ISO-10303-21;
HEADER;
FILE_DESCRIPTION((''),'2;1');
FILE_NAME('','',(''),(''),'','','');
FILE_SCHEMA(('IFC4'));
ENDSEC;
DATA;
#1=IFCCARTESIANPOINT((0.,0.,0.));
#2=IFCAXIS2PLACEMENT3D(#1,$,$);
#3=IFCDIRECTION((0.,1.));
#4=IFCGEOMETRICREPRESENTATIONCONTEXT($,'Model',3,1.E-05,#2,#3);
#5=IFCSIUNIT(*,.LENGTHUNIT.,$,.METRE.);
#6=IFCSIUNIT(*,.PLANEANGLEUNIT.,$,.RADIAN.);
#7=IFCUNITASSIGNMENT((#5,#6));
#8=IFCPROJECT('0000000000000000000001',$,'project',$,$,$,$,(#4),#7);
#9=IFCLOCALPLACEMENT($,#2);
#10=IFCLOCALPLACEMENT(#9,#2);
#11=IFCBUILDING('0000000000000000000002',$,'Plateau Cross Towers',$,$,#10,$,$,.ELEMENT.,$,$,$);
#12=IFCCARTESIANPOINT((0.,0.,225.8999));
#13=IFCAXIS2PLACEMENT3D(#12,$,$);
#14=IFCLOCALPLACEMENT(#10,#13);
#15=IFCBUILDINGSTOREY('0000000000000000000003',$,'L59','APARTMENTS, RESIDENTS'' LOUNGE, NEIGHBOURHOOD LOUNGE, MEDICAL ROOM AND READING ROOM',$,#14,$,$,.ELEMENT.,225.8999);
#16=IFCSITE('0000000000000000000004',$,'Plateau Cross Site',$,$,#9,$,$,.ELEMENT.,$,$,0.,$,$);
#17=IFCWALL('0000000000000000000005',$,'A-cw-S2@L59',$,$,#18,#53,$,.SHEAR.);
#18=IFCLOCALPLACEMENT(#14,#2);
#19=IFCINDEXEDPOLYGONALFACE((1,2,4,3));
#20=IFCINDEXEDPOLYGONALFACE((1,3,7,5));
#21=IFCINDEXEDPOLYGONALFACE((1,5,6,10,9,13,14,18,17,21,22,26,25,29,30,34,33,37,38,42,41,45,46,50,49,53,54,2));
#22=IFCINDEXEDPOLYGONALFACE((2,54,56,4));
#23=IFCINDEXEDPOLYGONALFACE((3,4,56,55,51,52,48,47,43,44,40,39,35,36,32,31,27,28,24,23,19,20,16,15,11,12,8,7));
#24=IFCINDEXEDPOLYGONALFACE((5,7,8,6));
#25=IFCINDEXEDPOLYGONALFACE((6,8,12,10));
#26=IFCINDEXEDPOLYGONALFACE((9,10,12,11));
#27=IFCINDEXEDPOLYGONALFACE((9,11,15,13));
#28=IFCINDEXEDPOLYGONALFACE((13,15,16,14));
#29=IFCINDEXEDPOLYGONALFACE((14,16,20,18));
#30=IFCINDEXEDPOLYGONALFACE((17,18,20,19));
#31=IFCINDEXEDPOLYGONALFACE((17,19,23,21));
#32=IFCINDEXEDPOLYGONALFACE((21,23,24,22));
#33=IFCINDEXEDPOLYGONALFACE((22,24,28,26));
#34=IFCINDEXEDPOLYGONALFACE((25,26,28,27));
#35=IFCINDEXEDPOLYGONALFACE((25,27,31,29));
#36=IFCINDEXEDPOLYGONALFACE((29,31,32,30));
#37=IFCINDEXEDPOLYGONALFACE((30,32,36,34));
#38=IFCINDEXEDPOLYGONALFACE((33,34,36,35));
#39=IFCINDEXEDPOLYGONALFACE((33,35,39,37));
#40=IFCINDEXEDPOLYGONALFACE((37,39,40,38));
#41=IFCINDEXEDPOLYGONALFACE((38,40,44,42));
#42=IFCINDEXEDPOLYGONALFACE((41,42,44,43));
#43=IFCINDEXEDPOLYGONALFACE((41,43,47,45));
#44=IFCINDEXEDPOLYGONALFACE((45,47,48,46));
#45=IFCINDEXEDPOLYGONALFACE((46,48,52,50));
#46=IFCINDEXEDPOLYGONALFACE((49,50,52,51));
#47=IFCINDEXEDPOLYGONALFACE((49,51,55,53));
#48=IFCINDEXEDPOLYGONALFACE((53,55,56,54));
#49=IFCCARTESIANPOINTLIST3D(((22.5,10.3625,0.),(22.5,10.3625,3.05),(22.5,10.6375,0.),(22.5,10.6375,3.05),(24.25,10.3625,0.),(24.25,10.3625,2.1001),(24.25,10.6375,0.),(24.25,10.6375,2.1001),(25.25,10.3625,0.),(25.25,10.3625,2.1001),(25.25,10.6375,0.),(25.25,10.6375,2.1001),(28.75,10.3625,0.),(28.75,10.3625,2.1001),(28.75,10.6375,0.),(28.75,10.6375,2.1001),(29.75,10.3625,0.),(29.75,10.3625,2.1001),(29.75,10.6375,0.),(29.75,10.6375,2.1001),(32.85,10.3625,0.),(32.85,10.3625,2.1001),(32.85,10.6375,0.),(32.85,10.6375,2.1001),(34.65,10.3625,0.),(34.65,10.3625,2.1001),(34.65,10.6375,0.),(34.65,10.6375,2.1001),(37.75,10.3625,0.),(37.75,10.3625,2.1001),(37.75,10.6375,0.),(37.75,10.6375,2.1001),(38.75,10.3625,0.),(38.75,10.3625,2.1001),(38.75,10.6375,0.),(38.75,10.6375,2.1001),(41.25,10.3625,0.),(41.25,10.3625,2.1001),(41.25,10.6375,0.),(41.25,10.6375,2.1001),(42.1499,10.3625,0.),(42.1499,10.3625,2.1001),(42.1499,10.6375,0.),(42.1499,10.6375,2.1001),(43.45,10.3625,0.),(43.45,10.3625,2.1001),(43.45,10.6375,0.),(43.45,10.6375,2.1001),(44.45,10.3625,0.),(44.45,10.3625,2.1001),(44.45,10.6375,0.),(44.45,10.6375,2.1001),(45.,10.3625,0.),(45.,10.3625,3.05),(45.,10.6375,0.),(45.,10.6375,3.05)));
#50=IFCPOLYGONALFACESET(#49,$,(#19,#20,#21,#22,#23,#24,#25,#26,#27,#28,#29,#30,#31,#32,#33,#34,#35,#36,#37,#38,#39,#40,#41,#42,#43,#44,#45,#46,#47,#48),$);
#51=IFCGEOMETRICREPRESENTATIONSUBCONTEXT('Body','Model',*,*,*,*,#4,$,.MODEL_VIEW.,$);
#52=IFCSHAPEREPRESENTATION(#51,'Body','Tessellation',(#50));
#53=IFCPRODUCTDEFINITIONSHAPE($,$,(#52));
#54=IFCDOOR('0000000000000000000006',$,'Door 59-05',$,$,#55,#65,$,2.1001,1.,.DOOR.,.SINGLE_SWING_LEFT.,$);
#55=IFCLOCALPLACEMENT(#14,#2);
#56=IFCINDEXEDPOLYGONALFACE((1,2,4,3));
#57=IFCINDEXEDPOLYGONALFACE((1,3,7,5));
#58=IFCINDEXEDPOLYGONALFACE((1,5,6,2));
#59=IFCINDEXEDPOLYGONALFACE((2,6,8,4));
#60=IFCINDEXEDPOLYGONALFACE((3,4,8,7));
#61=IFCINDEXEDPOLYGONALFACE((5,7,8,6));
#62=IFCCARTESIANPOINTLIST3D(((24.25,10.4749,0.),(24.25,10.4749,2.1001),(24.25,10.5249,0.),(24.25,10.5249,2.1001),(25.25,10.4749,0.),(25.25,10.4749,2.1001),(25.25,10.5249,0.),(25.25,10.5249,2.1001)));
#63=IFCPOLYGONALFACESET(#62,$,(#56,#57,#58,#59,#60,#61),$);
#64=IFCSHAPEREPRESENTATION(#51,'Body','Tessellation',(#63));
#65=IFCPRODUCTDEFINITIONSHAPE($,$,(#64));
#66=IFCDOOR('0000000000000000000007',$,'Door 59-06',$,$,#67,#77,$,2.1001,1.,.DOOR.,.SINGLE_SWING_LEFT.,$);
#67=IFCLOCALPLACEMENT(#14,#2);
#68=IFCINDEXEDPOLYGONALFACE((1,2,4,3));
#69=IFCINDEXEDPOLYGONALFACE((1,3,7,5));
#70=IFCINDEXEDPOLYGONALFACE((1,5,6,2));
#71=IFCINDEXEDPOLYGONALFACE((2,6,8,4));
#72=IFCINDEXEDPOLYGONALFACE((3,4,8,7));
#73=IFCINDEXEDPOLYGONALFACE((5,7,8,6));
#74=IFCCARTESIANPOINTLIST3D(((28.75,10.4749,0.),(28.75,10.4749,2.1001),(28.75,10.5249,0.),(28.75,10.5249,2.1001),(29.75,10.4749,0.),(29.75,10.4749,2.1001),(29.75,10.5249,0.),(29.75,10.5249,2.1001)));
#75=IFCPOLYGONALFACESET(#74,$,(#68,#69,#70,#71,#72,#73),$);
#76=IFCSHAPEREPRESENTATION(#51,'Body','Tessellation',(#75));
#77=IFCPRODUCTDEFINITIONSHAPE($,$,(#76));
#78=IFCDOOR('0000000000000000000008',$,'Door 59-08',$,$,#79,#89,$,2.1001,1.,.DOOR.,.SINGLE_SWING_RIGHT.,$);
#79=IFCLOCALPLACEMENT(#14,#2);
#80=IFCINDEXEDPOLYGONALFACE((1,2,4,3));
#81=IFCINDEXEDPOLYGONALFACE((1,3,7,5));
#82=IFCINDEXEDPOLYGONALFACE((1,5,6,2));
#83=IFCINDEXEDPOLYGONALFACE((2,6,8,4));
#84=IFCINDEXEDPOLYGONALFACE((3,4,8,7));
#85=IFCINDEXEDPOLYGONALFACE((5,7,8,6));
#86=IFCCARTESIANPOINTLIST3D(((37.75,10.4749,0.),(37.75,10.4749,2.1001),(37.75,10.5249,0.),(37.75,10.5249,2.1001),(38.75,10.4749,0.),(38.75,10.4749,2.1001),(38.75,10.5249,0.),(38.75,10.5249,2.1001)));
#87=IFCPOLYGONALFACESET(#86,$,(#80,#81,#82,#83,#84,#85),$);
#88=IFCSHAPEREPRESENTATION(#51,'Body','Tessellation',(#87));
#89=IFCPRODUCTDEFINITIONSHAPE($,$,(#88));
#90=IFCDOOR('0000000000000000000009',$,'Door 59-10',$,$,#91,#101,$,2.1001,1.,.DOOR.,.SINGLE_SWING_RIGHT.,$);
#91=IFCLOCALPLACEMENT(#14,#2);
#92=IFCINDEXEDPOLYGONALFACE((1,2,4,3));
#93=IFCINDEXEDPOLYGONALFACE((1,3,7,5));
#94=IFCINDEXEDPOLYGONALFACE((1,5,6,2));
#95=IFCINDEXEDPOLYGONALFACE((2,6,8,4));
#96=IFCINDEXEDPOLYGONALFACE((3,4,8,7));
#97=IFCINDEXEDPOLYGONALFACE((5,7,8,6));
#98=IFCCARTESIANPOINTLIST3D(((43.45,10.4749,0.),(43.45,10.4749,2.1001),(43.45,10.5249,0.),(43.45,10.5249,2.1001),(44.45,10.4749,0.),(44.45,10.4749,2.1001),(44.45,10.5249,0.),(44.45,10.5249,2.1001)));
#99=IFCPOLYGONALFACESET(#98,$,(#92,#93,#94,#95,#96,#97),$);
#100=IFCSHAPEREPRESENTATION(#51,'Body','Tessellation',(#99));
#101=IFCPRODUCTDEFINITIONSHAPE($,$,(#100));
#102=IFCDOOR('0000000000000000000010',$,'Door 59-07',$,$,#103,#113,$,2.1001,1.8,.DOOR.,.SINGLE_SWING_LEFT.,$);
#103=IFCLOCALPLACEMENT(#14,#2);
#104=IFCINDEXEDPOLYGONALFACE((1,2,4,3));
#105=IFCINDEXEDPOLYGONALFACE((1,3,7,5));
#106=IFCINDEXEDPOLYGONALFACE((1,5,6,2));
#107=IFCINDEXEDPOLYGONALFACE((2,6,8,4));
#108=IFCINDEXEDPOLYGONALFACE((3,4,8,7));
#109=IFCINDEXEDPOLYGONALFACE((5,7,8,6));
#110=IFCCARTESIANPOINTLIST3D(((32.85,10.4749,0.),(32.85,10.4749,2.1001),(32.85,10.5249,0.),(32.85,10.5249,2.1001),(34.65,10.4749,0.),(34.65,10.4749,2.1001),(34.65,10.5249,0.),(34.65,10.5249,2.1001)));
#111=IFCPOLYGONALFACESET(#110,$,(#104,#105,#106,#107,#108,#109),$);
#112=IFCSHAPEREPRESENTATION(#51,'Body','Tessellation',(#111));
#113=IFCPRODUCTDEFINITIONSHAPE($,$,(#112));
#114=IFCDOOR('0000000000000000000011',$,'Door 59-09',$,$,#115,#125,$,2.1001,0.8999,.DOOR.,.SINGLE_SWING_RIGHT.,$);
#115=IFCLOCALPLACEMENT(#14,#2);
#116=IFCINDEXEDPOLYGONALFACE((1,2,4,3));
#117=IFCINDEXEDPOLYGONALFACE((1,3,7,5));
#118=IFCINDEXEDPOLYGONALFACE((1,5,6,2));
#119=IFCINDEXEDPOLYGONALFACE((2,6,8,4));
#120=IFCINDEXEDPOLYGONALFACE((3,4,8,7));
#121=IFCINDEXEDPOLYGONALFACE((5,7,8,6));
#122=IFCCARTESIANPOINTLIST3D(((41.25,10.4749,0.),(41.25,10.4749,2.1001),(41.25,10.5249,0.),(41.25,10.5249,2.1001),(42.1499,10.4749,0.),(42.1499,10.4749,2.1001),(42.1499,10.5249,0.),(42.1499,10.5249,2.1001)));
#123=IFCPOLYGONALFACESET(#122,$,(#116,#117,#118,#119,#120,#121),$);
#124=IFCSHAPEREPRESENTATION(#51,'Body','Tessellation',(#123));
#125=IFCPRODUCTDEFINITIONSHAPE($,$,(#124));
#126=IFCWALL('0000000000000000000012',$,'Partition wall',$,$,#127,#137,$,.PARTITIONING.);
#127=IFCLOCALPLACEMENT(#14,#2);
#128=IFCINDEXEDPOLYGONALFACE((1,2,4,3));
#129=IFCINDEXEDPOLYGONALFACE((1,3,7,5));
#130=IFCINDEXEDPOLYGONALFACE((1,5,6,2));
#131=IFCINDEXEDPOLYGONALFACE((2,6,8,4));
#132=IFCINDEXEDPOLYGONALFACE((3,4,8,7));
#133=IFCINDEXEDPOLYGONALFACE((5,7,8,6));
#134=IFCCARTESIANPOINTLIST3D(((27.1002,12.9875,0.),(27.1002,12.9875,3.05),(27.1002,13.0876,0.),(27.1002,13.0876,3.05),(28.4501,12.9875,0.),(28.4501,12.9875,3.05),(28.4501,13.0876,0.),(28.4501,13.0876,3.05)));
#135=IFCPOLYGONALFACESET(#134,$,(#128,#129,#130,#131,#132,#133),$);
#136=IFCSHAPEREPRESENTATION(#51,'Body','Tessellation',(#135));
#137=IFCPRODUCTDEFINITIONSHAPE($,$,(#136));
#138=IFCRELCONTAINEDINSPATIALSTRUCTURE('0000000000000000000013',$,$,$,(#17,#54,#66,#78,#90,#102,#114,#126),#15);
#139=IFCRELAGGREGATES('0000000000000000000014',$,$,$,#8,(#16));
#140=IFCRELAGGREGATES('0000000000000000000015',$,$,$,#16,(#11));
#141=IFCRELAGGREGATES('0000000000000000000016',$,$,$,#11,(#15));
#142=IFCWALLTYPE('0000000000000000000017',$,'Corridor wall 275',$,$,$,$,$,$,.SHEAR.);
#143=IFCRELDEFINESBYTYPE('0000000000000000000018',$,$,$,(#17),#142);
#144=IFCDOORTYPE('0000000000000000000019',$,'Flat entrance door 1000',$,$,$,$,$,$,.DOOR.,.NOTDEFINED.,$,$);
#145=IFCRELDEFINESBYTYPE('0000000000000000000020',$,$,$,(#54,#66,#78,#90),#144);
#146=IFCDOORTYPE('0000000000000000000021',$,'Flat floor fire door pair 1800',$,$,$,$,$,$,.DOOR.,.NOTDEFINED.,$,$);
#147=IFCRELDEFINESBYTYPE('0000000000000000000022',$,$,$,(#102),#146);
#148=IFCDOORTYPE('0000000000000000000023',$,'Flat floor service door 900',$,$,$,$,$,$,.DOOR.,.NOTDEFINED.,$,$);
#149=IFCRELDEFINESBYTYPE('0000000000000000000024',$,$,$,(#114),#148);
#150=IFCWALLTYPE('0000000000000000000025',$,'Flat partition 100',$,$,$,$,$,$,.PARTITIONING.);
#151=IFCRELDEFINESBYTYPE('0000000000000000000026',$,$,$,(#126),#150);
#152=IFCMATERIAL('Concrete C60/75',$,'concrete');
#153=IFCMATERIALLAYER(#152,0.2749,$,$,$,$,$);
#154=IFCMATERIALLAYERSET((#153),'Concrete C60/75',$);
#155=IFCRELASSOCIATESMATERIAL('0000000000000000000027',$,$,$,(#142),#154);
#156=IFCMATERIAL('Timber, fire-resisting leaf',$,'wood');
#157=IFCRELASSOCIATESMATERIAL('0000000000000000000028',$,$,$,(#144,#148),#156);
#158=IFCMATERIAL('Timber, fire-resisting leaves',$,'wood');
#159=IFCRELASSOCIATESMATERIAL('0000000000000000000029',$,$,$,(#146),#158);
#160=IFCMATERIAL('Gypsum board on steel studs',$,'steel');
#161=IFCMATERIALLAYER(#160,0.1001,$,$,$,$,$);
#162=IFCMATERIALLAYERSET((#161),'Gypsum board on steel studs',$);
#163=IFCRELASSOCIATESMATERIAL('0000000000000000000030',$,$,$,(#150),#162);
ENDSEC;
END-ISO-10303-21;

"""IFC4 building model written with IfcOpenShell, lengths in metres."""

from ifc_helpers import new_model, si_unit, direction, frame, frame_2d, origin, place, context, subcontext, project, spatial, rectangle, extrude, material, layer, layer_set, type_object, element, fill, save


model = new_model("IFC4")

# Units and contexts
model_context = context("Model", 3, precision=1e-05, world=origin(), true_north=direction((0.0, 1.0)))
body_context = subcontext(model_context, "Body", "Model", "MODEL_VIEW")
ifc_project = project(units=[si_unit("LENGTHUNIT", "METRE"), si_unit("PLANEANGLEUNIT", "RADIAN")], contexts=[model_context])

# Site, building, storey
site_placement = place(None, origin())
site = spatial("IfcSite", under=ifc_project, at=site_placement, Name="Plateau Cross Site", CompositionType="ELEMENT", RefElevation=0.0)
building_placement = place(site_placement, origin())
building = spatial("IfcBuilding", under=site, at=building_placement, Name="Plateau Cross Towers", CompositionType="ELEMENT")
storey_placement = place(building_placement, frame((0.0, 0.0, 225.8999)))
storey = spatial("IfcBuildingStorey", under=building, at=storey_placement, Name="L59", Description="APARTMENTS, RESIDENTS' LOUNGE, NEIGHBOURHOOD LOUNGE, MEDICAL ROOM AND READING ROOM", CompositionType="ELEMENT", Elevation=225.8999)

# Wall, openings, doors
ifc_material_1 = material(Name="Concrete C60/75", Category="concrete")
ifc_layer_1 = layer(ifc_material_1, 0.2749)
ifc_layer_set_1 = layer_set([ifc_layer_1], Name="Concrete C60/75")
wall_type_1 = type_object("IfcWallType", Name="Corridor wall 275", PredefinedType="SHEAR", material=ifc_layer_set_1)
wall_1_placement = place(storey_placement, frame((22.5, 10.5, 0.0), z_axis=(0.0, 0.0, 1.0), x_axis=(1.0, 0.0, 0.0)))
wall_1 = element("IfcWall", 1, at=wall_1_placement, inside=storey, type_object=wall_type_1, Name="A-cw-S2@L59", PredefinedType="SHEAR", context=body_context, shape_type="SweptSolid", body=[
    extrude(rectangle(XDim=22.5, YDim=0.2749, at=frame_2d((11.25, 0.0))), origin(), (0.0, 0.0, 1.0), 3.05),
])
opening_1_placement = place(wall_1_placement, frame((1.75, 0.0, 0.0)))
opening_1 = element("IfcOpeningElement", 2, at=opening_1_placement, cuts=wall_1, PredefinedType="OPENING", context=body_context, shape_type="SweptSolid", body=[
    extrude(rectangle(XDim=1.0, YDim=2.1001, at=frame_2d((0.5, 1.05))), frame((0.0, 0.1475, 0.0), z_axis=(0.0, -1.0, 0.0), x_axis=(1.0, 0.0, 0.0)), (0.0, 0.0, 1.0), 0.2949),
])
opening_2_placement = place(wall_1_placement, frame((6.25, 0.0, 0.0)))
opening_2 = element("IfcOpeningElement", 3, at=opening_2_placement, cuts=wall_1, PredefinedType="OPENING", context=body_context, shape_type="SweptSolid", body=[
    extrude(rectangle(XDim=1.0, YDim=2.1001, at=frame_2d((0.5, 1.05))), frame((0.0, 0.1475, 0.0), z_axis=(0.0, -1.0, 0.0), x_axis=(1.0, 0.0, 0.0)), (0.0, 0.0, 1.0), 0.2949),
])
opening_3_placement = place(wall_1_placement, frame((10.3501, 0.0, 0.0)))
opening_3 = element("IfcOpeningElement", 4, at=opening_3_placement, cuts=wall_1, PredefinedType="OPENING", context=body_context, shape_type="SweptSolid", body=[
    extrude(rectangle(XDim=1.8, YDim=2.1001, at=frame_2d((0.8999, 1.05))), frame((0.0, 0.1475, 0.0), z_axis=(0.0, -1.0, 0.0), x_axis=(1.0, 0.0, 0.0)), (0.0, 0.0, 1.0), 0.2949),
])
opening_4_placement = place(wall_1_placement, frame((15.25, 0.0, 0.0)))
opening_4 = element("IfcOpeningElement", 5, at=opening_4_placement, cuts=wall_1, PredefinedType="OPENING", context=body_context, shape_type="SweptSolid", body=[
    extrude(rectangle(XDim=1.0, YDim=2.1001, at=frame_2d((0.5, 1.05))), frame((0.0, 0.1475, 0.0), z_axis=(0.0, -1.0, 0.0), x_axis=(1.0, 0.0, 0.0)), (0.0, 0.0, 1.0), 0.2949),
])
opening_5_placement = place(wall_1_placement, frame((18.75, 0.0, 0.0)))
opening_5 = element("IfcOpeningElement", 6, at=opening_5_placement, cuts=wall_1, PredefinedType="OPENING", context=body_context, shape_type="SweptSolid", body=[
    extrude(rectangle(XDim=0.8999, YDim=2.1001, at=frame_2d((0.45, 1.05))), frame((0.0, 0.1475, 0.0), z_axis=(0.0, -1.0, 0.0), x_axis=(1.0, 0.0, 0.0)), (0.0, 0.0, 1.0), 0.2949),
])
opening_6_placement = place(wall_1_placement, frame((20.95, 0.0, 0.0)))
opening_6 = element("IfcOpeningElement", 7, at=opening_6_placement, cuts=wall_1, PredefinedType="OPENING", context=body_context, shape_type="SweptSolid", body=[
    extrude(rectangle(XDim=1.0, YDim=2.1001, at=frame_2d((0.5, 1.05))), frame((0.0, 0.1475, 0.0), z_axis=(0.0, -1.0, 0.0), x_axis=(1.0, 0.0, 0.0)), (0.0, 0.0, 1.0), 0.2949),
])
ifc_material_2 = material(Name="Timber, fire-resisting leaf", Category="wood")
door_type_1 = type_object("IfcDoorType", Name="Flat entrance door 1000", OperationType="NOTDEFINED", PredefinedType="DOOR", material=ifc_material_2)
door_1_placement = place(opening_1_placement, origin())
door_1 = element("IfcDoor", 8, at=door_1_placement, inside=storey, type_object=door_type_1, Name="Door 59-05", OperationType="SINGLE_SWING_LEFT", OverallHeight=2.1001, OverallWidth=1.0, PredefinedType="DOOR", context=body_context, shape_type="SweptSolid", body=[
    extrude(rectangle(XDim=1.0, YDim=2.1001, at=frame_2d((0.5, 1.05))), frame((0.0, 0.0249, 0.0), z_axis=(0.0, -1.0, 0.0), x_axis=(1.0, 0.0, 0.0)), (0.0, 0.0, 1.0), 0.05),
])
fill(opening_1, door_1)
door_2_placement = place(opening_2_placement, origin())
door_2 = element("IfcDoor", 9, at=door_2_placement, inside=storey, type_object=door_type_1, Name="Door 59-06", OperationType="SINGLE_SWING_LEFT", OverallHeight=2.1001, OverallWidth=1.0, PredefinedType="DOOR", context=body_context, shape_type="SweptSolid", body=[
    extrude(rectangle(XDim=1.0, YDim=2.1001, at=frame_2d((0.5, 1.05))), frame((0.0, 0.0249, 0.0), z_axis=(0.0, -1.0, 0.0), x_axis=(1.0, 0.0, 0.0)), (0.0, 0.0, 1.0), 0.05),
])
fill(opening_2, door_2)
door_3_placement = place(opening_4_placement, origin())
door_3 = element("IfcDoor", 10, at=door_3_placement, inside=storey, type_object=door_type_1, Name="Door 59-08", OperationType="SINGLE_SWING_RIGHT", OverallHeight=2.1001, OverallWidth=1.0, PredefinedType="DOOR", context=body_context, shape_type="SweptSolid", body=[
    extrude(rectangle(XDim=1.0, YDim=2.1001, at=frame_2d((0.5, 1.05))), frame((0.0, 0.0249, 0.0), z_axis=(0.0, -1.0, 0.0), x_axis=(1.0, 0.0, 0.0)), (0.0, 0.0, 1.0), 0.05),
])
fill(opening_4, door_3)
door_4_placement = place(opening_6_placement, origin())
door_4 = element("IfcDoor", 11, at=door_4_placement, inside=storey, type_object=door_type_1, Name="Door 59-10", OperationType="SINGLE_SWING_RIGHT", OverallHeight=2.1001, OverallWidth=1.0, PredefinedType="DOOR", context=body_context, shape_type="SweptSolid", body=[
    extrude(rectangle(XDim=1.0, YDim=2.1001, at=frame_2d((0.5, 1.05))), frame((0.0, 0.0249, 0.0), z_axis=(0.0, -1.0, 0.0), x_axis=(1.0, 0.0, 0.0)), (0.0, 0.0, 1.0), 0.05),
])
fill(opening_6, door_4)
ifc_material_3 = material(Name="Timber, fire-resisting leaves", Category="wood")
door_type_2 = type_object("IfcDoorType", Name="Flat floor fire door pair 1800", OperationType="NOTDEFINED", PredefinedType="DOOR", material=ifc_material_3)
door_5_placement = place(opening_3_placement, origin())
door_5 = element("IfcDoor", 12, at=door_5_placement, inside=storey, type_object=door_type_2, Name="Door 59-07", OperationType="SINGLE_SWING_LEFT", OverallHeight=2.1001, OverallWidth=1.8, PredefinedType="DOOR", context=body_context, shape_type="SweptSolid", body=[
    extrude(rectangle(XDim=1.8, YDim=2.1001, at=frame_2d((0.8999, 1.05))), frame((0.0, 0.0249, 0.0), z_axis=(0.0, -1.0, 0.0), x_axis=(1.0, 0.0, 0.0)), (0.0, 0.0, 1.0), 0.05),
])
fill(opening_3, door_5)
door_type_3 = type_object("IfcDoorType", Name="Flat floor service door 900", OperationType="NOTDEFINED", PredefinedType="DOOR", material=ifc_material_2)
door_6_placement = place(opening_5_placement, origin())
door_6 = element("IfcDoor", 13, at=door_6_placement, inside=storey, type_object=door_type_3, Name="Door 59-09", OperationType="SINGLE_SWING_RIGHT", OverallHeight=2.1001, OverallWidth=0.8999, PredefinedType="DOOR", context=body_context, shape_type="SweptSolid", body=[
    extrude(rectangle(XDim=0.8999, YDim=2.1001, at=frame_2d((0.45, 1.05))), frame((0.0, 0.0249, 0.0), z_axis=(0.0, -1.0, 0.0), x_axis=(1.0, 0.0, 0.0)), (0.0, 0.0, 1.0), 0.05),
])
fill(opening_5, door_6)

# Wall
ifc_material_4 = material(Name="Gypsum board on steel studs", Category="steel")
ifc_layer_2 = layer(ifc_material_4, 0.1001)
ifc_layer_set_2 = layer_set([ifc_layer_2], Name="Gypsum board on steel studs")
wall_type_2 = type_object("IfcWallType", Name="Flat partition 100", PredefinedType="PARTITIONING", material=ifc_layer_set_2)
wall_2_placement = place(storey_placement, frame((28.45, 13.0376, 0.0), z_axis=(0.0, 0.0, 1.0), x_axis=(-1.0, 0.0, 0.0)))
element("IfcWall", 14, at=wall_2_placement, inside=storey, type_object=wall_type_2, Name="Partition wall", PredefinedType="PARTITIONING", context=body_context, shape_type="SweptSolid", body=[
    extrude(rectangle(XDim=1.3499, YDim=0.1001, at=frame_2d((0.6748, 0.0))), origin(), (0.0, 0.0, 1.0), 3.05),
])

save(model, "model.ifc")
